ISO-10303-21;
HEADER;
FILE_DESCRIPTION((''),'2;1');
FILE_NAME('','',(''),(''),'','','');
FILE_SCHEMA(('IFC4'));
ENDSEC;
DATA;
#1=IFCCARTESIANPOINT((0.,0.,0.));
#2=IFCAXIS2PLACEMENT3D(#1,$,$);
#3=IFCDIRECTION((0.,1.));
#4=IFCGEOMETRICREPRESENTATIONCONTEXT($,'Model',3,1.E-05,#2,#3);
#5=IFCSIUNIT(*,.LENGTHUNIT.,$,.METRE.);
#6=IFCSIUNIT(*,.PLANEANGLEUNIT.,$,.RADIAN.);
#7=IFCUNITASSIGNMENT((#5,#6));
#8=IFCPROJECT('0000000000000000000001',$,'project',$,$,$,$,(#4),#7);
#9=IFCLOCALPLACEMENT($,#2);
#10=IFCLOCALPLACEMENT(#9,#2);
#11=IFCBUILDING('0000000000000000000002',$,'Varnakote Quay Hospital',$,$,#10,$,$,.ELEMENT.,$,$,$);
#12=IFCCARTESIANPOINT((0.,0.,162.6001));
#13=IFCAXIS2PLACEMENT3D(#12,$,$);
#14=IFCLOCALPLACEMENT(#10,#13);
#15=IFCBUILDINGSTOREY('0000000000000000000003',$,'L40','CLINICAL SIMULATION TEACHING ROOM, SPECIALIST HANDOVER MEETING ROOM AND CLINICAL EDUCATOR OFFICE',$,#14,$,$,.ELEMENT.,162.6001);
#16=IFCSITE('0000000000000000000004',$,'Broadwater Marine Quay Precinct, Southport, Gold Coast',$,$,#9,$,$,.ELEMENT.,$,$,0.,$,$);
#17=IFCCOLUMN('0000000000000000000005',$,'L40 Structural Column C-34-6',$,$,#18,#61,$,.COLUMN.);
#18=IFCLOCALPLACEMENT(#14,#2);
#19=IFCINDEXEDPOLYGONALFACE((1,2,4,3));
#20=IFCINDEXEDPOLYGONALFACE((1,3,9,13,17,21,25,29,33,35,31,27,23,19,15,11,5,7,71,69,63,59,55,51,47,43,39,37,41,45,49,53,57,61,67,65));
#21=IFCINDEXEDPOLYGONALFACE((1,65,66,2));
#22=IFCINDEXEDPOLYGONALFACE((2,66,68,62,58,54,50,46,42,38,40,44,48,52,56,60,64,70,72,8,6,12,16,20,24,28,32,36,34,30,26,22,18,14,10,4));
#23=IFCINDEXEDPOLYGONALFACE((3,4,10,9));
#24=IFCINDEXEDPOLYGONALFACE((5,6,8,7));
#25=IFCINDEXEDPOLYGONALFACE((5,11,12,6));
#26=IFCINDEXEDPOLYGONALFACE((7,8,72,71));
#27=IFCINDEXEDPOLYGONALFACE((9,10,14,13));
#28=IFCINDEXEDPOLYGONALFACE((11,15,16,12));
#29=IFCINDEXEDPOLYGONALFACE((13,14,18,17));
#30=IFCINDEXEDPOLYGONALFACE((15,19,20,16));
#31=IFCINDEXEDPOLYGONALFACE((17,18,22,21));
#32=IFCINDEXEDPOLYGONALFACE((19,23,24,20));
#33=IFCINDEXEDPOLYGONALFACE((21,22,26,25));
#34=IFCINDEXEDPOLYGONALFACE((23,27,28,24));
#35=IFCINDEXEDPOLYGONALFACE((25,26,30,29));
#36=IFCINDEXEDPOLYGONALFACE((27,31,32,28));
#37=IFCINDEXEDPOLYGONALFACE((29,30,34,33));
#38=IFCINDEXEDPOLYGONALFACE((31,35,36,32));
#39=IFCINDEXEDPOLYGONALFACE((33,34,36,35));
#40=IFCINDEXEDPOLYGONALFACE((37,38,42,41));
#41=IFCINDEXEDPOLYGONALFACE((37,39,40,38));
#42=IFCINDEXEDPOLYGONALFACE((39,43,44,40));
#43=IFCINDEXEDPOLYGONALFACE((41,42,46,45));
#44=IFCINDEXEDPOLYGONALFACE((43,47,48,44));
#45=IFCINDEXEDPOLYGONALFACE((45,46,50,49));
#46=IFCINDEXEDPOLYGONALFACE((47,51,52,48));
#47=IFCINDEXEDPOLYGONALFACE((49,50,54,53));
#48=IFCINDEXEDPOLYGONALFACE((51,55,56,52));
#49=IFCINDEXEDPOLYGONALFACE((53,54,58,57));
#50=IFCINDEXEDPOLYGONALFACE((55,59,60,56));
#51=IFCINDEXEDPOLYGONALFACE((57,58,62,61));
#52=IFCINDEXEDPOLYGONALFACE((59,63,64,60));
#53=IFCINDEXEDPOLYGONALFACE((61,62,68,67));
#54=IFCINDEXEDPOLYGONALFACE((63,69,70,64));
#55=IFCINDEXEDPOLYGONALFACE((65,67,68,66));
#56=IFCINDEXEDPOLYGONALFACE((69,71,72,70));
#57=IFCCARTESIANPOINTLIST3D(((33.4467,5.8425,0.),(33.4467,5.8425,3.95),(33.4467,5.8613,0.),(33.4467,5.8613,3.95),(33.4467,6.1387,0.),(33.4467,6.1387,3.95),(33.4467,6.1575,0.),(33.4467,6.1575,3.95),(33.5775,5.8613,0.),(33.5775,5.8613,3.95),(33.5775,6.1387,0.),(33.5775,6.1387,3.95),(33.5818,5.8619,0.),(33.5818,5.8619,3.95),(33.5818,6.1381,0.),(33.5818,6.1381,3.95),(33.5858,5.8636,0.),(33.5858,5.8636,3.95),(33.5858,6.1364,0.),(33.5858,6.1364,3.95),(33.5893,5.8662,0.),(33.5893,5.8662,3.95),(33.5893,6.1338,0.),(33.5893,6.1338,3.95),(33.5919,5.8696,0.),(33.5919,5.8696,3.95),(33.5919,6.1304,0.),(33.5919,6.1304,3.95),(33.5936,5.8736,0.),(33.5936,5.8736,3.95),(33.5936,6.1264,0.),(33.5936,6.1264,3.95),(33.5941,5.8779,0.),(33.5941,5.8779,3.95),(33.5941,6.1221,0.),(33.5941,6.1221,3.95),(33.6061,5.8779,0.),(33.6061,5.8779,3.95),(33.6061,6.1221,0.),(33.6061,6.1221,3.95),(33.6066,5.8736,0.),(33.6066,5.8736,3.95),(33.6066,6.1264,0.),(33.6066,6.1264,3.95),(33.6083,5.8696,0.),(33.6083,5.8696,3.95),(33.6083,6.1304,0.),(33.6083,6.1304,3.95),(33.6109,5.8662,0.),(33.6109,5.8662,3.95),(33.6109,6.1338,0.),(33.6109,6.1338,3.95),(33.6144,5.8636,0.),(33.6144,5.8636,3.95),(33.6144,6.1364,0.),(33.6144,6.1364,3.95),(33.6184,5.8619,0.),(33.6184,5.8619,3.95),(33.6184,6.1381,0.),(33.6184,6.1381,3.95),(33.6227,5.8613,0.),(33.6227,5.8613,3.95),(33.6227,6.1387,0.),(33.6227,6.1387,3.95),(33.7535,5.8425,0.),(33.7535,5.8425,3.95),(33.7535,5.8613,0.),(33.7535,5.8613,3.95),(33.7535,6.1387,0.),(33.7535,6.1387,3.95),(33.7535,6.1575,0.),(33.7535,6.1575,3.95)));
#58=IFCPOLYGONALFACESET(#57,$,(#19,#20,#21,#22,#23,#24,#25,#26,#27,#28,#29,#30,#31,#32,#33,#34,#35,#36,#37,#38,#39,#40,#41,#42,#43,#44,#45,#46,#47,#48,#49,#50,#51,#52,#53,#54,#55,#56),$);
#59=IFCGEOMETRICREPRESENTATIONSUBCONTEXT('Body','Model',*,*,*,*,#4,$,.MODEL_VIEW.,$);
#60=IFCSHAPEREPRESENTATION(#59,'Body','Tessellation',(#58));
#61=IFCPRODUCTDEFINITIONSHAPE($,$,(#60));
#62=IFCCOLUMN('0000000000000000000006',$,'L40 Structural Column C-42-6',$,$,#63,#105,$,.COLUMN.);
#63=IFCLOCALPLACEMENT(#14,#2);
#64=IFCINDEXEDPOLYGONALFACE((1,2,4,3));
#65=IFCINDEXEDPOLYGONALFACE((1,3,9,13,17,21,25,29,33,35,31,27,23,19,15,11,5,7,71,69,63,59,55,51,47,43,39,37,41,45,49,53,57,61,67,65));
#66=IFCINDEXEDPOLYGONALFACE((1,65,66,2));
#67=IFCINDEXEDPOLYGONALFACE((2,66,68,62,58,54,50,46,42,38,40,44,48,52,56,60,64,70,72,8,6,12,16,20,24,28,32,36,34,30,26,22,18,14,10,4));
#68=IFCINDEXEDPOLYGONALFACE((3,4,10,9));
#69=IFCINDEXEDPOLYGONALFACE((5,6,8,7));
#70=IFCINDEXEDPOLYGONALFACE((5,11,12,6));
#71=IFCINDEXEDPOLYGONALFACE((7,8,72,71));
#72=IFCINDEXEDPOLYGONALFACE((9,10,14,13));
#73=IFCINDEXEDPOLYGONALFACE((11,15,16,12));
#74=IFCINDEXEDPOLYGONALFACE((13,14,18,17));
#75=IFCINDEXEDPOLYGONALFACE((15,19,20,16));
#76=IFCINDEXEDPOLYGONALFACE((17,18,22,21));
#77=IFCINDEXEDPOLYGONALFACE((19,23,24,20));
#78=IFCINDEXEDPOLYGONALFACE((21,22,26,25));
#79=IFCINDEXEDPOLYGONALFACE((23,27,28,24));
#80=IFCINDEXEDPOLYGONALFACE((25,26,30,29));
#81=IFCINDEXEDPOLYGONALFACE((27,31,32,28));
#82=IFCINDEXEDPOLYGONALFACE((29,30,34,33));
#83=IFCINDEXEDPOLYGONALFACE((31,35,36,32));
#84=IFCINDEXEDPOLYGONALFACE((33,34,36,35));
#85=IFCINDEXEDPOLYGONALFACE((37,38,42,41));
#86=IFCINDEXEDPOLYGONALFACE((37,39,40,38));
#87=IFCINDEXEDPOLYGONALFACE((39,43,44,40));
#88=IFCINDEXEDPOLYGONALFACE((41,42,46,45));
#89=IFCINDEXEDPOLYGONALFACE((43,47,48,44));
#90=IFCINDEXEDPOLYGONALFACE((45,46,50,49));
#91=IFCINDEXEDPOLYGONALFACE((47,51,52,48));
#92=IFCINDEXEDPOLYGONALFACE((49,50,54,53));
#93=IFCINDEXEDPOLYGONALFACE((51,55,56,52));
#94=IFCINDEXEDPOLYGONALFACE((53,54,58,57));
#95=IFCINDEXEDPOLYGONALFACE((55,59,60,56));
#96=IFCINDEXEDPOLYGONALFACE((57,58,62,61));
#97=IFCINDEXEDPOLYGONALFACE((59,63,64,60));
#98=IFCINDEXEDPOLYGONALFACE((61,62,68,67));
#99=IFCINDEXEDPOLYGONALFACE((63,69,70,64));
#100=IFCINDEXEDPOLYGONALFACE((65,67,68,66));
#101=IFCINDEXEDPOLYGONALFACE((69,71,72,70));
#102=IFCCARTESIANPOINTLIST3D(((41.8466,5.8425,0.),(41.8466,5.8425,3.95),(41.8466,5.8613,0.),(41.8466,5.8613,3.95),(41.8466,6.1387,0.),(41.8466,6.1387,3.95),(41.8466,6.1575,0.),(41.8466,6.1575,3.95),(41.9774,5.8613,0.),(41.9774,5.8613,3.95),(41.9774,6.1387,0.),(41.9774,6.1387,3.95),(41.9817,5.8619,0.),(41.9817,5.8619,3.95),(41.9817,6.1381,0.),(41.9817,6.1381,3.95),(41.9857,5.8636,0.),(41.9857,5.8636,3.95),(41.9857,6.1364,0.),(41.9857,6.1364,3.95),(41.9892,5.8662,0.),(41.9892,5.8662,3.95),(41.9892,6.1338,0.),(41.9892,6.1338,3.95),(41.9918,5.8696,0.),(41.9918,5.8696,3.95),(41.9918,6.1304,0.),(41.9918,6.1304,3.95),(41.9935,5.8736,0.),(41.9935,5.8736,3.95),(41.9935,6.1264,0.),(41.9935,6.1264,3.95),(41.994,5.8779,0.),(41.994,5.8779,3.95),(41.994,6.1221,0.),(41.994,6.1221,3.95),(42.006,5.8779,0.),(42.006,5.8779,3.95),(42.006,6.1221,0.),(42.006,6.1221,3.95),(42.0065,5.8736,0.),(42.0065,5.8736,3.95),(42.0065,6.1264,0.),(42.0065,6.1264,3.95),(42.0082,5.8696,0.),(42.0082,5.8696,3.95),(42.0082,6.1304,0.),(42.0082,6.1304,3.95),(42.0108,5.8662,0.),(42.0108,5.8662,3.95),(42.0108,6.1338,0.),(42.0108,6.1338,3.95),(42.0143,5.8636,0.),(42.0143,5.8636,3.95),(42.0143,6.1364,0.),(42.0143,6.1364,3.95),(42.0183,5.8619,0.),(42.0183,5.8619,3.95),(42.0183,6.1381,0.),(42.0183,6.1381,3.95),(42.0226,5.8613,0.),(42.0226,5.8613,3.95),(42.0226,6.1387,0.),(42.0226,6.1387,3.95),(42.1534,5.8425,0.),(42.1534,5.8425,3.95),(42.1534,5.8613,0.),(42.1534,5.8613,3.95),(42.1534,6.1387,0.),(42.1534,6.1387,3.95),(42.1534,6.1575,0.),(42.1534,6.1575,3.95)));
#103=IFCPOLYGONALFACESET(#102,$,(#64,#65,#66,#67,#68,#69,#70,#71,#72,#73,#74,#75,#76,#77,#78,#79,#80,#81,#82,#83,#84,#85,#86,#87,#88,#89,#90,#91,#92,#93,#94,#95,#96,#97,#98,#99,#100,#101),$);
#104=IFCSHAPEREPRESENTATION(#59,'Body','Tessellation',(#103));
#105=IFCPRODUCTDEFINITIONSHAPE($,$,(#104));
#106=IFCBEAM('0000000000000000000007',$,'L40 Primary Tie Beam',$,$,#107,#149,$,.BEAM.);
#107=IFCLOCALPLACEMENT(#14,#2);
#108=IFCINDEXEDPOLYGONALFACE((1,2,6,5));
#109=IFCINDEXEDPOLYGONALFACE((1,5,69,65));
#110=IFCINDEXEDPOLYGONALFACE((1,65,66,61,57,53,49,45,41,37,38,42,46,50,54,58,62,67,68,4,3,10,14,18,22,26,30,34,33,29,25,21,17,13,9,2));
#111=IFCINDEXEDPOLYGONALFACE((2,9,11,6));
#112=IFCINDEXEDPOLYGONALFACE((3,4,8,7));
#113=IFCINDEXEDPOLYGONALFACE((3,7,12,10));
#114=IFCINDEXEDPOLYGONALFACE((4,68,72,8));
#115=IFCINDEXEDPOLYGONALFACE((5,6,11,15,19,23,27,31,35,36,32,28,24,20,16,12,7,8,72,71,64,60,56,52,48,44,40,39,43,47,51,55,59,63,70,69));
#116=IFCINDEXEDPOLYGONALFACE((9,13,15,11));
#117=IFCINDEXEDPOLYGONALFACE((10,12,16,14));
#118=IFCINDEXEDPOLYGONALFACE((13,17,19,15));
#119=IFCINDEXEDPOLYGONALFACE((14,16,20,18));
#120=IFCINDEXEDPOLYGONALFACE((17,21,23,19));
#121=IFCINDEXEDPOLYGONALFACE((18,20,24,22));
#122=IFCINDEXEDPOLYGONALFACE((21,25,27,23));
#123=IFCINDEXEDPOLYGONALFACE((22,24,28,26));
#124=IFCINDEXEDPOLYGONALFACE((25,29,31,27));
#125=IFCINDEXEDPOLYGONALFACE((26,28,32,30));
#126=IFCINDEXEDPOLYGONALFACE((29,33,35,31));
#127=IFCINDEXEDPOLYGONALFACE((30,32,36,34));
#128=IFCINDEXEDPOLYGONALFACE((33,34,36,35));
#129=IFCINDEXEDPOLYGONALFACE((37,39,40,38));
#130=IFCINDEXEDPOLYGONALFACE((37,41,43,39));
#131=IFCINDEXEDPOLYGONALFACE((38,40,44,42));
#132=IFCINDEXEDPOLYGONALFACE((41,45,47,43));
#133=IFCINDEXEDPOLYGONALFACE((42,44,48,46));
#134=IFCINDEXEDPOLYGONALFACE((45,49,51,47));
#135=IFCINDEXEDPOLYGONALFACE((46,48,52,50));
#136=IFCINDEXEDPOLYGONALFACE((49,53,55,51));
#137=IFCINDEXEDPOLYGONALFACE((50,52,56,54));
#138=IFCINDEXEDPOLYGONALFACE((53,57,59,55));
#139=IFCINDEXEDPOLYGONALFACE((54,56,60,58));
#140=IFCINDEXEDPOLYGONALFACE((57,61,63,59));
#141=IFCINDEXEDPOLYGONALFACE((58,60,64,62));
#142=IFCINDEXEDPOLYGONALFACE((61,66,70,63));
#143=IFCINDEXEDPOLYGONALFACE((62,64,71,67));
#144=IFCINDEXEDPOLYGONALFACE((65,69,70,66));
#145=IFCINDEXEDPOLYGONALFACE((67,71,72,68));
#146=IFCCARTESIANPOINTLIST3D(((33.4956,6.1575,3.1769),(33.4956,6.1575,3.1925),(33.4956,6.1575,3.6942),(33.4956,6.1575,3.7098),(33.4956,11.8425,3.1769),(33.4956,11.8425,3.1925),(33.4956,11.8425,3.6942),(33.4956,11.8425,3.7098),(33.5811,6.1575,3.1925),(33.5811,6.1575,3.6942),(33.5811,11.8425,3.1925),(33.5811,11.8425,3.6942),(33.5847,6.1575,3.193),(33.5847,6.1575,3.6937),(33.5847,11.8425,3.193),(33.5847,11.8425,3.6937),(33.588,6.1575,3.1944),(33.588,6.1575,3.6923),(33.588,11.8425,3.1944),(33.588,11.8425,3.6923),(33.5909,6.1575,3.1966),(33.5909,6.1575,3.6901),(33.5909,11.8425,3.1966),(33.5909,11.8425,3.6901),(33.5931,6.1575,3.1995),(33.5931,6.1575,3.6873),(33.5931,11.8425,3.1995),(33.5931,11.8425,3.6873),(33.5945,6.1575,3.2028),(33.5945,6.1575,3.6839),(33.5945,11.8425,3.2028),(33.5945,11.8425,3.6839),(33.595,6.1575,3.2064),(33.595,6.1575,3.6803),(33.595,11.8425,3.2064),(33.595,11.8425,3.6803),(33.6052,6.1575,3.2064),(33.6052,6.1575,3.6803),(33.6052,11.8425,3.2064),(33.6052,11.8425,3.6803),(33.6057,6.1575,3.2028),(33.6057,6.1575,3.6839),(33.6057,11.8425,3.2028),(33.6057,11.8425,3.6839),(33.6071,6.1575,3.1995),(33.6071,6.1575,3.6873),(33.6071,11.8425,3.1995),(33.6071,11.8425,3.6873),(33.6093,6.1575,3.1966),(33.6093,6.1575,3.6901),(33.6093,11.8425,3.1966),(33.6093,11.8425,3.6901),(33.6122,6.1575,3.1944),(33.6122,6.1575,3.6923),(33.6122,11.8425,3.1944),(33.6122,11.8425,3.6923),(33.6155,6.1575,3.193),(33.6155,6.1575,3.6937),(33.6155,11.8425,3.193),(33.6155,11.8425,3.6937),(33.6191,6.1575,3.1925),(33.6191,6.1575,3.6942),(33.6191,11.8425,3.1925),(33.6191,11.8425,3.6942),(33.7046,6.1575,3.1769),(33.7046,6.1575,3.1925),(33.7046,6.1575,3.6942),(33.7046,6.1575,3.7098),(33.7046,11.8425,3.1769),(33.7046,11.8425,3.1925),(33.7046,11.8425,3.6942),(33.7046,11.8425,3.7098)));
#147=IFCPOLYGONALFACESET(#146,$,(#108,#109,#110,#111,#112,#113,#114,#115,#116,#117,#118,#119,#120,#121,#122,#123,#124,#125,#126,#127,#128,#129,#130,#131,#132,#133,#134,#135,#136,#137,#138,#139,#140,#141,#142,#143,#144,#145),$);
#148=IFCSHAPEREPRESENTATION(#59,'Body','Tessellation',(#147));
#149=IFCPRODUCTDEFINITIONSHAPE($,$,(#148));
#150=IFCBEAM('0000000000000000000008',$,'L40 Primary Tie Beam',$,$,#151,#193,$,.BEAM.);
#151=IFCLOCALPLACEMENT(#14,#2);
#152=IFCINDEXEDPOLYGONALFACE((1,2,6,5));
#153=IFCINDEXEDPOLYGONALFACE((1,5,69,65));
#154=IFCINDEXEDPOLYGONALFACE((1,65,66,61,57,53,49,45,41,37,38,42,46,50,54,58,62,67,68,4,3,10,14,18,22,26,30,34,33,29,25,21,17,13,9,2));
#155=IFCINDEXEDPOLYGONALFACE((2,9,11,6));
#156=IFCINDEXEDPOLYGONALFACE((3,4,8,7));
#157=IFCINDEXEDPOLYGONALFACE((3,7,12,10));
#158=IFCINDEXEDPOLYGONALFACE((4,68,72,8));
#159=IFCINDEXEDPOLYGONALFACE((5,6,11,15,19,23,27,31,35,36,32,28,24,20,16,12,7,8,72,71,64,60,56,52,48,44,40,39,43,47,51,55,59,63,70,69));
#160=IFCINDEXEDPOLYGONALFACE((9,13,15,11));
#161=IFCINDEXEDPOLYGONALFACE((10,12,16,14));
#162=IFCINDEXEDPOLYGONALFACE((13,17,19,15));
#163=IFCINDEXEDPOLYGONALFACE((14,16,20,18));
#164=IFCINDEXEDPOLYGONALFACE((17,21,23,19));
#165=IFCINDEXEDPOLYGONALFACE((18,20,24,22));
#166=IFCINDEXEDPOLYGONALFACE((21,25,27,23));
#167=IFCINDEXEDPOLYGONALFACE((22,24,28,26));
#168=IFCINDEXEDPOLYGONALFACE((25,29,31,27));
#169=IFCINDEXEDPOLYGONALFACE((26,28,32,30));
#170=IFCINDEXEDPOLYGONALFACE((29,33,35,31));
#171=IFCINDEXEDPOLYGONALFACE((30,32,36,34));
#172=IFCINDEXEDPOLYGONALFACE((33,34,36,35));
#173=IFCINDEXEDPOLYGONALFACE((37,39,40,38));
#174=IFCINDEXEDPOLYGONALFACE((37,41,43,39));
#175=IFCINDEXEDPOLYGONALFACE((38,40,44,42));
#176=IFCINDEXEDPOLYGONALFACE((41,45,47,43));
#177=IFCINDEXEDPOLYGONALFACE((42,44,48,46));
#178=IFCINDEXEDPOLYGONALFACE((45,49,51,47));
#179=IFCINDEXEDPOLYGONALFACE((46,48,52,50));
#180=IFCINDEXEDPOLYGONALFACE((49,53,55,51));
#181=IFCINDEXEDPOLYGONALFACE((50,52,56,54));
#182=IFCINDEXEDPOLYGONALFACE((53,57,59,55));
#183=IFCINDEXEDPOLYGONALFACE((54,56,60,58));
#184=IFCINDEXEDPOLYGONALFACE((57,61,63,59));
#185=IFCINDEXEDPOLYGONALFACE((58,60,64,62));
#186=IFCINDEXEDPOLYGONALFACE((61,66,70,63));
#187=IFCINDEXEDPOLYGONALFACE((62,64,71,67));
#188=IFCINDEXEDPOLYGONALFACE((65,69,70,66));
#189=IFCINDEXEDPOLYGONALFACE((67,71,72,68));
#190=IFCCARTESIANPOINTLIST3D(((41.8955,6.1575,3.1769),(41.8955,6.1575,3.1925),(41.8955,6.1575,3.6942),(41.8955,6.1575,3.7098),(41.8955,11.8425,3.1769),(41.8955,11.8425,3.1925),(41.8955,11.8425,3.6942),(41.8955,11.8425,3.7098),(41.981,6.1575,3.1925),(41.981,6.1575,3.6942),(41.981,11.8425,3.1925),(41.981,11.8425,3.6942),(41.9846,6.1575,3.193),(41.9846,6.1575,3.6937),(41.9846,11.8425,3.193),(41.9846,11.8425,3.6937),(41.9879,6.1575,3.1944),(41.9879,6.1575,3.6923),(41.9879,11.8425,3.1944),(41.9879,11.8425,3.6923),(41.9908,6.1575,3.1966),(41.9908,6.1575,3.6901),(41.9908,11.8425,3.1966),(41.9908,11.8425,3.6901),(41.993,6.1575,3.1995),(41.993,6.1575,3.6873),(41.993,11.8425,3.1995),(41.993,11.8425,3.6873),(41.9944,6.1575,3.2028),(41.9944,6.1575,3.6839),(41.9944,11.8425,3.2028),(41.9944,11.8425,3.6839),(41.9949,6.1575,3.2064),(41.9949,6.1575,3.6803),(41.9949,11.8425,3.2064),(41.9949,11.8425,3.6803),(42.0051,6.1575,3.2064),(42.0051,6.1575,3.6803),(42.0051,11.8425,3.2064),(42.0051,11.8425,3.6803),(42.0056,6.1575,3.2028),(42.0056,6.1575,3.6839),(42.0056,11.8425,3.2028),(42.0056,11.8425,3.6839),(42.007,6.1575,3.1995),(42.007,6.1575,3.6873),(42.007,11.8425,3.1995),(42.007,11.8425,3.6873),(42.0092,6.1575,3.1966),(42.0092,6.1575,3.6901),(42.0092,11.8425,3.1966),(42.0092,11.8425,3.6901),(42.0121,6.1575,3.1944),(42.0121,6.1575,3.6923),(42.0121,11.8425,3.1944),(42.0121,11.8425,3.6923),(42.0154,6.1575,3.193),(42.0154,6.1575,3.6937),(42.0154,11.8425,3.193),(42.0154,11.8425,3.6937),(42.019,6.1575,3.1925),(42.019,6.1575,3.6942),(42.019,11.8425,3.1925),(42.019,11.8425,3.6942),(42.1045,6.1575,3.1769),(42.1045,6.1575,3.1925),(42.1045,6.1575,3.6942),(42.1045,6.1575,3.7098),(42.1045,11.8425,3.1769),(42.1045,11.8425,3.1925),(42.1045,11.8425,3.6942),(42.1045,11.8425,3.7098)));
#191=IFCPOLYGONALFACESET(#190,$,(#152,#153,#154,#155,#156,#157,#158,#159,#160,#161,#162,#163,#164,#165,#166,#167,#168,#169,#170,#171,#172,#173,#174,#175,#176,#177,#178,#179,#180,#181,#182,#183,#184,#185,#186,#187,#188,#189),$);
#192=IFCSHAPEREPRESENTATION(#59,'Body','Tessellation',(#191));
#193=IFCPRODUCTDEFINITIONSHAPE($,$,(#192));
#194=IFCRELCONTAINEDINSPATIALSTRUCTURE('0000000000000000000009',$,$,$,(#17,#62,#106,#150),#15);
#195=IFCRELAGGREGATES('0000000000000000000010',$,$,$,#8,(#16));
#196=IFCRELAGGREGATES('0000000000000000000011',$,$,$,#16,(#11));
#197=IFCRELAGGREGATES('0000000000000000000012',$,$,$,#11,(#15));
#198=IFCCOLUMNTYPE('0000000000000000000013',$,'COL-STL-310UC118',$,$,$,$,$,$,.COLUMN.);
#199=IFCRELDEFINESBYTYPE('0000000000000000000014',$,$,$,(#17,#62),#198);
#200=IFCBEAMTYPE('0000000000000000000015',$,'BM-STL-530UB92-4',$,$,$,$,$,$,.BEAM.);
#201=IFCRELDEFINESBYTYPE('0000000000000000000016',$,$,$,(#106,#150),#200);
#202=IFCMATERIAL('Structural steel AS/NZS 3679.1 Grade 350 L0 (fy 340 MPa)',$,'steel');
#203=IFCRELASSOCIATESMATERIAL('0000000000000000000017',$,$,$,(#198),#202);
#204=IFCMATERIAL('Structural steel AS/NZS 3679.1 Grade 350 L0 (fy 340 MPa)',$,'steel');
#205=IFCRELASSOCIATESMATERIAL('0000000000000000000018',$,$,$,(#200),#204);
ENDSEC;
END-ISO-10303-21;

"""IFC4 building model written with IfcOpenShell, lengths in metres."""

from ifc_helpers import new_model, si_unit, direction, frame, origin, origin_2d, place, context, subcontext, project, spatial, i_section, extrude, material, material_profile, profile_set, type_object, element, save


model = new_model("IFC4")

# Units and contexts
model_context = context("Model", 3, precision=1e-05, world=origin(), true_north=direction((0.0, 1.0)))
body_context = subcontext(model_context, "Body", "Model", "MODEL_VIEW")
ifc_project = project(units=[si_unit("LENGTHUNIT", "METRE"), si_unit("PLANEANGLEUNIT", "RADIAN")], contexts=[model_context])

# Site, building, storey
site_placement = place(None, origin())
site = spatial("IfcSite", under=ifc_project, at=site_placement, Name="Broadwater Marine Quay Precinct, Southport, Gold Coast", CompositionType="ELEMENT", RefElevation=0.0)
building_placement = place(site_placement, origin())
building = spatial("IfcBuilding", under=site, at=building_placement, Name="Varnakote Quay Hospital", CompositionType="ELEMENT")
storey_placement = place(building_placement, frame((0.0, 0.0, 162.6001)))
storey = spatial("IfcBuildingStorey", under=building, at=storey_placement, Name="L40", Description="CLINICAL SIMULATION TEACHING ROOM, SPECIALIST HANDOVER MEETING ROOM AND CLINICAL EDUCATOR OFFICE", CompositionType="ELEMENT", Elevation=162.6001)

# Columns
ifc_material_1 = material(Name="Structural steel AS/NZS 3679.1 Grade 350 L0 (fy 340 MPa)", Category="steel")
ifc_material_profile_1 = material_profile(ifc_material_1, i_section(OverallWidth=0.3069, OverallDepth=0.3149, WebThickness=0.012, FlangeThickness=0.0188, FilletRadius=0.0166, at=origin_2d()), Name="310UC118")
ifc_profile_set_1 = profile_set([ifc_material_profile_1], Name="Structural steel AS/NZS 3679.1 Grade 350 L0 (fy 340 MPa)")
column_type = type_object("IfcColumnType", Name="COL-STL-310UC118", PredefinedType="COLUMN", material=ifc_profile_set_1)
for number, where, z_axis, x_axis, name in (
    (1, (33.6001, 6.0, 0.0), (0.0, 0.0, 1.0), (1.0, 0.0, 0.0), "L40 Structural Column C-34-6"),
    (2, (42.0, 6.0, 0.0), (0.0, 0.0, 1.0), (1.0, 0.0, 0.0), "L40 Structural Column C-42-6"),
):
    element("IfcColumn", number, at=place(storey_placement, frame(where, z_axis=z_axis, x_axis=x_axis)), inside=storey, type_object=column_type, Name=name, PredefinedType="COLUMN", context=body_context, shape_type="SweptSolid", body=[
        extrude(i_section(OverallWidth=0.3069, OverallDepth=0.3149, WebThickness=0.012, FlangeThickness=0.0188, FilletRadius=0.0166, at=origin_2d()), origin(), (0.0, 0.0, 1.0), 3.95),
    ])

# Beams
ifc_material_2 = material(Name="Structural steel AS/NZS 3679.1 Grade 350 L0 (fy 340 MPa)", Category="steel")
ifc_material_profile_2 = material_profile(ifc_material_2, i_section(OverallWidth=0.209, OverallDepth=0.533, WebThickness=0.0103, FlangeThickness=0.0156, FilletRadius=0.0139, at=origin_2d()), Name="530UB92.4")
ifc_profile_set_2 = profile_set([ifc_material_profile_2], Name="Structural steel AS/NZS 3679.1 Grade 350 L0 (fy 340 MPa)")
beam_type_1 = type_object("IfcBeamType", Name="BM-STL-530UB92-4", PredefinedType="BEAM", material=ifc_profile_set_2)
for number, where, z_axis, x_axis, name in (
    (3, (33.6001, 6.1575, 3.4434), (0.0, 1.0, 0.0), (-1.0, 0.0, 0.0), "L40 Primary Tie Beam"),
    (4, (42.0, 6.1575, 3.4434), (0.0, 1.0, 0.0), (-1.0, 0.0, 0.0), "L40 Primary Tie Beam"),
):
    element("IfcBeam", number, at=place(storey_placement, frame(where, z_axis=z_axis, x_axis=x_axis)), inside=storey, type_object=beam_type_1, Name=name, PredefinedType="BEAM", context=body_context, shape_type="SweptSolid", body=[
        extrude(i_section(OverallWidth=0.209, OverallDepth=0.533, WebThickness=0.0103, FlangeThickness=0.0156, FilletRadius=0.0139, at=origin_2d()), origin(), (0.0, 0.0, 1.0), 5.6851),
    ])

save(model, "model.ifc")
